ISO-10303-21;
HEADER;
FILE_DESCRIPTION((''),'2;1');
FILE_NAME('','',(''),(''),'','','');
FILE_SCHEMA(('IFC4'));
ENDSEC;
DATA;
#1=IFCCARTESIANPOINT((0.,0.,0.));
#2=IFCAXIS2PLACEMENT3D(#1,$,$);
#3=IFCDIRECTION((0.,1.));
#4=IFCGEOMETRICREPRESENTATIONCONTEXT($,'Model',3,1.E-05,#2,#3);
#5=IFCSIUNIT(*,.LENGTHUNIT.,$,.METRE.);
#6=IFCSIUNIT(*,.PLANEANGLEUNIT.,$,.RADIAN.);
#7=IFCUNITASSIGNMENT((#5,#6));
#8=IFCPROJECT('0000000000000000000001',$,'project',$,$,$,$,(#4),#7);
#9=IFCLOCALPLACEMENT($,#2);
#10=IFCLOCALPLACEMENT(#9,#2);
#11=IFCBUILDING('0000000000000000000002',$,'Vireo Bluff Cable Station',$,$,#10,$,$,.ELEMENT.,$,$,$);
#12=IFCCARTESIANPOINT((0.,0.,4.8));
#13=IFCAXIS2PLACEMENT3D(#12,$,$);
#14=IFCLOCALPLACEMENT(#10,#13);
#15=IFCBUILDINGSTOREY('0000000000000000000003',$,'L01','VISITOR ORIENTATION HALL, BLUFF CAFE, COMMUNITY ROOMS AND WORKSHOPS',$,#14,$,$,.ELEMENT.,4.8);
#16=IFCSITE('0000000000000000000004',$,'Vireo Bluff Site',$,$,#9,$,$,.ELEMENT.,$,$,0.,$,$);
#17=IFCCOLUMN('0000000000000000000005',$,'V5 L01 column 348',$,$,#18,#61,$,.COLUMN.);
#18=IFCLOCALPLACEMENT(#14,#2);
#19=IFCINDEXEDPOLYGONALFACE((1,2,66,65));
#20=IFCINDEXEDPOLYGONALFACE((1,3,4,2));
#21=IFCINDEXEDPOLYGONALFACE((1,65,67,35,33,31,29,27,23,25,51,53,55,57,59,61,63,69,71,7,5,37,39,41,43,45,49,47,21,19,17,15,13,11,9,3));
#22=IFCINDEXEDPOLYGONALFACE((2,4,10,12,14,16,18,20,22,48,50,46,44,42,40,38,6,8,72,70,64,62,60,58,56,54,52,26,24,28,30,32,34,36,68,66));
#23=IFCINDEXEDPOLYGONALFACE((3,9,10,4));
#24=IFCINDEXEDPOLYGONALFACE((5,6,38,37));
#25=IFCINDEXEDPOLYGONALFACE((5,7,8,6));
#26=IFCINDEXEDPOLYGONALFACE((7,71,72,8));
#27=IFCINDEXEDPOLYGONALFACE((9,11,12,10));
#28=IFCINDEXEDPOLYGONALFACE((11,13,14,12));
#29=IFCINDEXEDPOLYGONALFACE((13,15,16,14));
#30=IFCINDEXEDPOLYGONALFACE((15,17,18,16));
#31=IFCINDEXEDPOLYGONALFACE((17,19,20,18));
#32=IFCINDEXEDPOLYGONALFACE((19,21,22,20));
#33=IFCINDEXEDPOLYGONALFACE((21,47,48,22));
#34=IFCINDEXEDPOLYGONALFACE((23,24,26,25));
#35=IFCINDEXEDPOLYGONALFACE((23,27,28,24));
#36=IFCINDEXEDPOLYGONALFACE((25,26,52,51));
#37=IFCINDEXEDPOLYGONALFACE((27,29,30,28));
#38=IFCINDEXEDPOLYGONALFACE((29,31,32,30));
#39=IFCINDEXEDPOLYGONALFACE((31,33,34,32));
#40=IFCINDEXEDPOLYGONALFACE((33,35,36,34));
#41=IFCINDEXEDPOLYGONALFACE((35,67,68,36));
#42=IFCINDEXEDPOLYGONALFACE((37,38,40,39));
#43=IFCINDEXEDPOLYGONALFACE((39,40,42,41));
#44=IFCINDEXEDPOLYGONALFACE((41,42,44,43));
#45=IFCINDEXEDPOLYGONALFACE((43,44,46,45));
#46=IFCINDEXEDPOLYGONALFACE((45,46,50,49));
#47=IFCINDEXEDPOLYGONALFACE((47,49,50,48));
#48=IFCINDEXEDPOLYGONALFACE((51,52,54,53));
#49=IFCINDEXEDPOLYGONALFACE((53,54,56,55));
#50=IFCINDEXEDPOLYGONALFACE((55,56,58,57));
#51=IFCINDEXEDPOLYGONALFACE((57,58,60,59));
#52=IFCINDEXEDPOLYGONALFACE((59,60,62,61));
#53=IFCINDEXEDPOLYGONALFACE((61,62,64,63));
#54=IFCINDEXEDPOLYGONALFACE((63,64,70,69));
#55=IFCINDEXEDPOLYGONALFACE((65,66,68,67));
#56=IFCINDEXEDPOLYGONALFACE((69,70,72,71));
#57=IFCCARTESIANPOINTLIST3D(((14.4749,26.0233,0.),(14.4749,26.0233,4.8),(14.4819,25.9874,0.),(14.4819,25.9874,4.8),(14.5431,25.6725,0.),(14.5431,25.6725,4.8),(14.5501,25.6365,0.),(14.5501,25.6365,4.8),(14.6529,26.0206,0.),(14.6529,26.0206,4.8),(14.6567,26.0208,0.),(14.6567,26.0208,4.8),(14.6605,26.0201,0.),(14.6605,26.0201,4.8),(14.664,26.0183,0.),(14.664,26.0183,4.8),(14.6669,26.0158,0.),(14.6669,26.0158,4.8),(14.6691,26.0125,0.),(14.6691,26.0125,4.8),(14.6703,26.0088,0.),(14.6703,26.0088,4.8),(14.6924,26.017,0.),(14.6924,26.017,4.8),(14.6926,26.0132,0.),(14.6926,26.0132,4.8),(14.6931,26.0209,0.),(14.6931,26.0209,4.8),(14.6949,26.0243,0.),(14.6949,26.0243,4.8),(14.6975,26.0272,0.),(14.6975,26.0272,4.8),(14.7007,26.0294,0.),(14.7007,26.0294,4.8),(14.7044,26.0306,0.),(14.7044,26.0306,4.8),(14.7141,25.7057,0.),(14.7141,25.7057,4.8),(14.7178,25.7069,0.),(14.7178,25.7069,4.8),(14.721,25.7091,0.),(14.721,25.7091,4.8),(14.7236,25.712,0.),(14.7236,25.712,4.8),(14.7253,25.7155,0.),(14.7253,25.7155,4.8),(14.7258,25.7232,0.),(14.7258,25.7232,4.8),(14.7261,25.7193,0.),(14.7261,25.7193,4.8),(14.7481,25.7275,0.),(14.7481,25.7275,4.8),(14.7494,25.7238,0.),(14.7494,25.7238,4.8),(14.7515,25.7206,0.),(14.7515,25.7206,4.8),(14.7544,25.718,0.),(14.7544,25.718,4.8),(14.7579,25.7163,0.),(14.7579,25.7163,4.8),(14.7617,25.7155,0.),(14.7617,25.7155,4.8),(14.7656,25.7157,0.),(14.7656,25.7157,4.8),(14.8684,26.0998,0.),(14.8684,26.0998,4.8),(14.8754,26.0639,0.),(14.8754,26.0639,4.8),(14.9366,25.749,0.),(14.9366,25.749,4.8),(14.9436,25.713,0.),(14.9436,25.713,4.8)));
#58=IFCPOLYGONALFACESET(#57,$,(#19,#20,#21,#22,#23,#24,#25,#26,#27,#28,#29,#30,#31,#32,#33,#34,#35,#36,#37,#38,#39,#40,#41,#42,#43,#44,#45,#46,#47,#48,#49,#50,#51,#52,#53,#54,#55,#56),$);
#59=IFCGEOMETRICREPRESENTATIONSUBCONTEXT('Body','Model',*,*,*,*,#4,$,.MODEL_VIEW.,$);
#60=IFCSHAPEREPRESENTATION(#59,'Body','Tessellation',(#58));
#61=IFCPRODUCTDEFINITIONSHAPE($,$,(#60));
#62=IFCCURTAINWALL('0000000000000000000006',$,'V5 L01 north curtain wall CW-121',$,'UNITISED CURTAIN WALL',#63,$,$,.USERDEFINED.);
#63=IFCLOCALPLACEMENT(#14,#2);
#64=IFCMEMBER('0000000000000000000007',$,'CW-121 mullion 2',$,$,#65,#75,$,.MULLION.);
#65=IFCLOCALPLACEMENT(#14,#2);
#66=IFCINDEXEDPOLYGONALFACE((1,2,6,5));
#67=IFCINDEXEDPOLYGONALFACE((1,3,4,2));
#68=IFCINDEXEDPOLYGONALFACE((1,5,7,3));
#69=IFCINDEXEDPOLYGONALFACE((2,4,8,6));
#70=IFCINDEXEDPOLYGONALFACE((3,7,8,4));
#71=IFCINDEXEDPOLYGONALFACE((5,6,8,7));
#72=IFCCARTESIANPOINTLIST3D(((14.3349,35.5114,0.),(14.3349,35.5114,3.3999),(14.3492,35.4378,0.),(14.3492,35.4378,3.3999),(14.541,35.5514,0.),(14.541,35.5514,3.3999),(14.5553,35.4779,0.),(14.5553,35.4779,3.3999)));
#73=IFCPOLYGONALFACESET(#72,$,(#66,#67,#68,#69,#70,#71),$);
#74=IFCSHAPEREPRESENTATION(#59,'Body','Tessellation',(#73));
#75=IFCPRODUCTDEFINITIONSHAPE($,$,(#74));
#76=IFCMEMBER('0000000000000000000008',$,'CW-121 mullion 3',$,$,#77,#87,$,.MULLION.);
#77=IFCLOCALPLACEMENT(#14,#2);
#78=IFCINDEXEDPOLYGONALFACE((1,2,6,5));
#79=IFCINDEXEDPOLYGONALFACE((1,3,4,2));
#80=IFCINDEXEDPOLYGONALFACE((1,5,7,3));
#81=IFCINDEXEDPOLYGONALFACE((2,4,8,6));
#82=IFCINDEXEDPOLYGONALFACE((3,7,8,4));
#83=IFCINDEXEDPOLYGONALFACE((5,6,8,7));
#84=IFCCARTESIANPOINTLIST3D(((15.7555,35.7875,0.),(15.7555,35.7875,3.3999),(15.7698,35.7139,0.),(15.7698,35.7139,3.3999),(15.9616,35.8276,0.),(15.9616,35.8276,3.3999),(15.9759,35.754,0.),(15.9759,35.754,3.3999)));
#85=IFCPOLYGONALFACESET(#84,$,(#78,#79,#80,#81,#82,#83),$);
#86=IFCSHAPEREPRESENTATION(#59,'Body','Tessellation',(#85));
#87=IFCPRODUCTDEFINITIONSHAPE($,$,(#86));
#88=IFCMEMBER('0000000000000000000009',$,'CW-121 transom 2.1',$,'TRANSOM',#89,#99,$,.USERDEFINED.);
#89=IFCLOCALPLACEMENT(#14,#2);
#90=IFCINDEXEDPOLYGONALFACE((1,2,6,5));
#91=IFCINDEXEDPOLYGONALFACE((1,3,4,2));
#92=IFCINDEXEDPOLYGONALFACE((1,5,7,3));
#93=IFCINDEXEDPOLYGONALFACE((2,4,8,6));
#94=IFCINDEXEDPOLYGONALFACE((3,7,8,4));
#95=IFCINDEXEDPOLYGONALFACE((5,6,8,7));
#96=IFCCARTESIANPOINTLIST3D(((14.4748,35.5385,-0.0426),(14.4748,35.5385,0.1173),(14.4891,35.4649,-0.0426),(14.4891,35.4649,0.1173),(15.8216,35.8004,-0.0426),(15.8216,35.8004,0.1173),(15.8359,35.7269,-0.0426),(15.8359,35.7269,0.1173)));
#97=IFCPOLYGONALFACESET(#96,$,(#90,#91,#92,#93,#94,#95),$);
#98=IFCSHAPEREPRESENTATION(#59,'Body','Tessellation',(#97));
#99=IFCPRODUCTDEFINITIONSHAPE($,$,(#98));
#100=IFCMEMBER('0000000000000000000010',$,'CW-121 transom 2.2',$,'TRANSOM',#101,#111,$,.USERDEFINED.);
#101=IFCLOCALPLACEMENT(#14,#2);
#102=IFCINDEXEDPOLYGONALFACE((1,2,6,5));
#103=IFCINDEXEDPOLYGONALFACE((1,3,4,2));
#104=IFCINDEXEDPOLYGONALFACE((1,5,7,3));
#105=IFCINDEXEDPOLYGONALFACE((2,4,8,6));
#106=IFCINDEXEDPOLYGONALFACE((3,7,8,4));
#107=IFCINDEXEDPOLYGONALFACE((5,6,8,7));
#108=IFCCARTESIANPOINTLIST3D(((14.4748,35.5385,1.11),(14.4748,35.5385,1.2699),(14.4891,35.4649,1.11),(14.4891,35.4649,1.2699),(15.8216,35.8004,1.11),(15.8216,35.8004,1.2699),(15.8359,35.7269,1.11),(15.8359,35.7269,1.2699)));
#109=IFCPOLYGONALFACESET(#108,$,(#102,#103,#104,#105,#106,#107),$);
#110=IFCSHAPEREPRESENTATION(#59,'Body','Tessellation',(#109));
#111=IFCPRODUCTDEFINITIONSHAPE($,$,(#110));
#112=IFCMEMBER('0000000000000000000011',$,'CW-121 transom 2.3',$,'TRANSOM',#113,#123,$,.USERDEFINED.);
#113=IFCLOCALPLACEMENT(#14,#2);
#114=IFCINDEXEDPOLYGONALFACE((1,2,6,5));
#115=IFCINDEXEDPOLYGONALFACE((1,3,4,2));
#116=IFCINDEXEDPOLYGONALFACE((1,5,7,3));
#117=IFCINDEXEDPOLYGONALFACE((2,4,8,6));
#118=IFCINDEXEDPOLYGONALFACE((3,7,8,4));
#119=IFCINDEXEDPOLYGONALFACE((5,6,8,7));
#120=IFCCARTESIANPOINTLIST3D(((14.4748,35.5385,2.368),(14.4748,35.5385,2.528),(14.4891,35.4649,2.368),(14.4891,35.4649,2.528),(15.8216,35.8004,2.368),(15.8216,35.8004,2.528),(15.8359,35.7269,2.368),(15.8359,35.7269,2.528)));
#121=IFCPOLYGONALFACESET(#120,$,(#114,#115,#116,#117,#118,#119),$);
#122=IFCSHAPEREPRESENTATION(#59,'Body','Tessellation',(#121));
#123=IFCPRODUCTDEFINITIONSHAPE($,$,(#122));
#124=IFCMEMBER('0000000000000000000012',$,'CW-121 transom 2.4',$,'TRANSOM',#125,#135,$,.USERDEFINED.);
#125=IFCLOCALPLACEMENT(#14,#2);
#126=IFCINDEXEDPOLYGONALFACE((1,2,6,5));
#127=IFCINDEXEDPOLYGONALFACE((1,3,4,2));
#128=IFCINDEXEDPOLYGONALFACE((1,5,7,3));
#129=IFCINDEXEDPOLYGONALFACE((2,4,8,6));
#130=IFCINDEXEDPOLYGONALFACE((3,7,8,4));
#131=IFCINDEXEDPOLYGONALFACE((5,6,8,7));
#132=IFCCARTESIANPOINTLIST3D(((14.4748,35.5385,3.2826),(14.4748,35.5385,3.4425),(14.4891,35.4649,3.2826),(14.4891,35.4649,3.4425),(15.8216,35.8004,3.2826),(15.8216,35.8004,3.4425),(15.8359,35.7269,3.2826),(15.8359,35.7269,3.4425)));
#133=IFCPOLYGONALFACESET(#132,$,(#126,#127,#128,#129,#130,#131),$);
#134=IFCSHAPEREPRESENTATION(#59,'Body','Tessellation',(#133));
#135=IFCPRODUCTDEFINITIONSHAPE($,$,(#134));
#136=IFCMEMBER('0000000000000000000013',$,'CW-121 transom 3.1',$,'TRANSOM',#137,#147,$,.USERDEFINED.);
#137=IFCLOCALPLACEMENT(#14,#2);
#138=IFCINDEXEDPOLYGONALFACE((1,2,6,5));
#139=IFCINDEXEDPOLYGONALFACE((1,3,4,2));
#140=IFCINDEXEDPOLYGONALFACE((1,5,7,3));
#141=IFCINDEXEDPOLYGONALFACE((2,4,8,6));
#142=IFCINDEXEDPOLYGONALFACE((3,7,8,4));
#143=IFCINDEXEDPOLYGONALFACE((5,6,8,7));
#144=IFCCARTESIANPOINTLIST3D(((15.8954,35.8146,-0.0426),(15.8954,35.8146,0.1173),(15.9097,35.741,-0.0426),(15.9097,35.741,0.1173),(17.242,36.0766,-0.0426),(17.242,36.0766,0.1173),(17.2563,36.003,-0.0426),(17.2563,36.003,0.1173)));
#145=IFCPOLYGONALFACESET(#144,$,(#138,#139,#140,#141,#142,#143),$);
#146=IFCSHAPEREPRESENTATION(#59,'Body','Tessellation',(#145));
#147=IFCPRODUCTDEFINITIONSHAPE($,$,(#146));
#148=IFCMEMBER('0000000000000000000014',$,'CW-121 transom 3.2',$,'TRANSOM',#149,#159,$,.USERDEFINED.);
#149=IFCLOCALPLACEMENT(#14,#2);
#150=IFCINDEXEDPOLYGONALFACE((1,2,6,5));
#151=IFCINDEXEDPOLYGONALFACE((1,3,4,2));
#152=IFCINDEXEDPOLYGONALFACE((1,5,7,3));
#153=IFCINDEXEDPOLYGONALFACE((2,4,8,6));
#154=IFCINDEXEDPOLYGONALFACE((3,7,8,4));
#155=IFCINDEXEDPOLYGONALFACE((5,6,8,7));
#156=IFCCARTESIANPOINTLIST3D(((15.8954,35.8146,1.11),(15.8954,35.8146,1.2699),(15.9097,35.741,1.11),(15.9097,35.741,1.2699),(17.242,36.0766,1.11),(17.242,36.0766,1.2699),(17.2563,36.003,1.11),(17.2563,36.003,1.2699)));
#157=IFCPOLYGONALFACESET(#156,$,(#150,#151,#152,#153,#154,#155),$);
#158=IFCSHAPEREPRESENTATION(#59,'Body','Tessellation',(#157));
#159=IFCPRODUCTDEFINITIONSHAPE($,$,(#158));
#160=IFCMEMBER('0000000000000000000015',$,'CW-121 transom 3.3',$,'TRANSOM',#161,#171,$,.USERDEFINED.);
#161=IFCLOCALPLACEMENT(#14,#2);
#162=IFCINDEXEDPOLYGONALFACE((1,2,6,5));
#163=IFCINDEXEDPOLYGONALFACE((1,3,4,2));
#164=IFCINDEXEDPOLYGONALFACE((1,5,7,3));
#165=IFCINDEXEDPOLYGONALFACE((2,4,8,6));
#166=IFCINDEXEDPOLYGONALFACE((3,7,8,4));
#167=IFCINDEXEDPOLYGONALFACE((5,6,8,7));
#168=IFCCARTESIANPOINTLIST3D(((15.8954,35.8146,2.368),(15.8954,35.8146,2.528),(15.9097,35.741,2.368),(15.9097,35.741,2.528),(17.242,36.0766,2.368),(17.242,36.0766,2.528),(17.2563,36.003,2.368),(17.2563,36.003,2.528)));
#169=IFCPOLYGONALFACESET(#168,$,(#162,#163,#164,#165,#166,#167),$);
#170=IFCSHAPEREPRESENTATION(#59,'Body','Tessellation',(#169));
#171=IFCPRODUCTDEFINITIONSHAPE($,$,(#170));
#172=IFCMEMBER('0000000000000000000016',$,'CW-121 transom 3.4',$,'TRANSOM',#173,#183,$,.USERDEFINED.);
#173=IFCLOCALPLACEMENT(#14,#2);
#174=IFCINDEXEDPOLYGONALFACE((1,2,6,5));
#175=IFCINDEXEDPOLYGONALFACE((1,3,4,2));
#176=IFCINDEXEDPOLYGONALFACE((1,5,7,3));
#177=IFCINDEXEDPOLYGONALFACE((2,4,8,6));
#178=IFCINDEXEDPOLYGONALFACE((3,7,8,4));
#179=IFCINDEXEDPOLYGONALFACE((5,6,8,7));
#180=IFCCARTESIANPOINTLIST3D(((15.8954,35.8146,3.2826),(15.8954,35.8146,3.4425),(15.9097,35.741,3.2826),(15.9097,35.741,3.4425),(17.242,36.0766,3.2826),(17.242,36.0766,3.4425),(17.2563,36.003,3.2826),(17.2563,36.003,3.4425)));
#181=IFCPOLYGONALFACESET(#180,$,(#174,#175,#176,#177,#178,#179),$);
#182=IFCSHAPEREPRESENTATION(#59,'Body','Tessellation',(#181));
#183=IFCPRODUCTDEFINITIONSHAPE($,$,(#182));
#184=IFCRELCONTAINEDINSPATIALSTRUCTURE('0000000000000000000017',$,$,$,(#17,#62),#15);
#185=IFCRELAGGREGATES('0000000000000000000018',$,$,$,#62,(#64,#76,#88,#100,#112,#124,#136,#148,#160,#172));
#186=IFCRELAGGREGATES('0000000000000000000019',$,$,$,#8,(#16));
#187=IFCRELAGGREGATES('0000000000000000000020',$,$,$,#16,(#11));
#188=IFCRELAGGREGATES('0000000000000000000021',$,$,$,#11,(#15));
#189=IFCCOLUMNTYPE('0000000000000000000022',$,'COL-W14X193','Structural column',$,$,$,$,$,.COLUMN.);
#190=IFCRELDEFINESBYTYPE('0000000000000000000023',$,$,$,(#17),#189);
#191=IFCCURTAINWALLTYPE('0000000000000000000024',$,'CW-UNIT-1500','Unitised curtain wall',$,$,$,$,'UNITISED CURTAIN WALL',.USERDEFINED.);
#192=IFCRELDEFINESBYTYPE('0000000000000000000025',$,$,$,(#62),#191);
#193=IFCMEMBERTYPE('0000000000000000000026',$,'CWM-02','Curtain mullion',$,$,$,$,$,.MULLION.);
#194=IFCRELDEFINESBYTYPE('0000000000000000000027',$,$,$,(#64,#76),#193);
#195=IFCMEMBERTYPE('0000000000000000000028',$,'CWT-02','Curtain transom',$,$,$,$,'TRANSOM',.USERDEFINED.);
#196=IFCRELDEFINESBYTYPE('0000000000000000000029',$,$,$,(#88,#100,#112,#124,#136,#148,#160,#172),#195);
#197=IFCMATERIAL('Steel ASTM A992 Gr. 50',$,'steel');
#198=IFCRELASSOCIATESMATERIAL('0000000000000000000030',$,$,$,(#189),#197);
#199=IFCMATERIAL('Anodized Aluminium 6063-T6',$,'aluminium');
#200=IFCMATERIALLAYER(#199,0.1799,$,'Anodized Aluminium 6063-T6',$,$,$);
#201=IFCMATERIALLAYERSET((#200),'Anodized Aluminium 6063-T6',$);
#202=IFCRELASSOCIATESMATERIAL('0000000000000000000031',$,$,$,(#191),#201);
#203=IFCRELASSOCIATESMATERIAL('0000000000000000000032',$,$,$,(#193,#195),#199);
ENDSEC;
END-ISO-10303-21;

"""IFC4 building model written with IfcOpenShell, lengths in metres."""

from ifc_helpers import new_model, si_unit, direction, frame, origin, origin_2d, place, context, subcontext, project, spatial, rectangle, i_section, extrude, material, layer, layer_set, material_profile, profile_set, type_object, element, aggregate, save


model = new_model("IFC4")

# Units and contexts
model_context = context("Model", 3, precision=1e-05, world=origin(), true_north=direction((0.0, 1.0)))
body_context = subcontext(model_context, "Body", "Model", "MODEL_VIEW")
ifc_project = project(units=[si_unit("LENGTHUNIT", "METRE"), si_unit("PLANEANGLEUNIT", "RADIAN")], contexts=[model_context])

# Site, building, storey
site_placement = place(None, origin())
site = spatial("IfcSite", under=ifc_project, at=site_placement, Name="Vireo Bluff Site", CompositionType="ELEMENT", RefElevation=0.0)
building_placement = place(site_placement, origin())
building = spatial("IfcBuilding", under=site, at=building_placement, Name="Vireo Bluff Cable Station", CompositionType="ELEMENT")
storey_placement = place(building_placement, frame((0.0, 0.0, 4.8)))
storey = spatial("IfcBuildingStorey", under=building, at=storey_placement, Name="L01", Description="VISITOR ORIENTATION HALL, BLUFF CAFE, COMMUNITY ROOMS AND WORKSHOPS", CompositionType="ELEMENT", Elevation=4.8)

# Column
ifc_material_1 = material(Name="Steel ASTM A992 Gr. 50", Category="steel")
ifc_material_profile_1 = material_profile(ifc_material_1, i_section(OverallWidth=0.4009, OverallDepth=0.394, WebThickness=0.0227, FlangeThickness=0.0366, FilletRadius=0.0149, at=origin_2d()), Name="W14X193")
ifc_profile_set_1 = profile_set([ifc_material_profile_1], Name="Steel ASTM A992 Gr. 50")
column_type = type_object("IfcColumnType", Name="COL-W14X193", Description="Structural column", PredefinedType="COLUMN", material=ifc_profile_set_1)
column_placement = place(storey_placement, frame((14.7092, 25.8682, 0.0), z_axis=(0.0, 0.0, 1.0), x_axis=(0.981627, 0.190809, 0.0)))
element("IfcColumn", 1, at=column_placement, inside=storey, type_object=column_type, Name="V5 L01 column 348", PredefinedType="COLUMN", context=body_context, shape_type="SweptSolid", body=[
    extrude(i_section(OverallWidth=0.4009, OverallDepth=0.394, WebThickness=0.0227, FlangeThickness=0.0366, FilletRadius=0.0149, at=origin_2d()), origin(), (0.0, 0.0, 1.0), 4.8),
])

# Curtain wall, members
ifc_material_2 = material(Name="Anodized Aluminium 6063-T6", Category="aluminium")
ifc_layer_1 = layer(ifc_material_2, 0.1799, Name="Anodized Aluminium 6063-T6")
ifc_layer_set_1 = layer_set([ifc_layer_1], Name="Anodized Aluminium 6063-T6")
curtain_wall_type = type_object("IfcCurtainWallType", Name="CW-UNIT-1500", Description="Unitised curtain wall", ElementType="UNITISED CURTAIN WALL", PredefinedType="USERDEFINED", material=ifc_layer_set_1)
curtain_wall_placement = place(storey_placement, origin())
curtain_wall = element("IfcCurtainWall", 2, at=curtain_wall_placement, inside=storey, type_object=curtain_wall_type, Name="V5 L01 north curtain wall CW-121", ObjectType="UNITISED CURTAIN WALL", PredefinedType="USERDEFINED")
ifc_material_profile_2 = material_profile(ifc_material_2, rectangle(XDim=0.075, YDim=0.21, at=origin_2d()), Name="ALU-M-75X210")
ifc_profile_set_2 = profile_set([ifc_material_profile_2], Name="Anodized Aluminium 6063-T6")
member_type_1 = type_object("IfcMemberType", Name="CWM-02", Description="Curtain mullion", PredefinedType="MULLION", material=ifc_profile_set_2)
member_1_placement = place(storey_placement, frame((14.4451, 35.4946, 0.0), z_axis=(0.0, 0.0, 1.0), x_axis=(-0.190809, 0.981627, 0.0)))
member_1 = element("IfcMember", 3, at=member_1_placement, type_object=member_type_1, Name="CW-121 mullion 2", PredefinedType="MULLION", context=body_context, shape_type="SweptSolid", body=[
    extrude(rectangle(XDim=0.075, YDim=0.21, at=origin_2d()), origin(), (0.0, 0.0, 1.0), 3.3999),
])
member_2_placement = place(storey_placement, frame((15.8657, 35.7708, 0.0), z_axis=(0.0, 0.0, 1.0), x_axis=(-0.190809, 0.981627, 0.0)))
member_2 = element("IfcMember", 4, at=member_2_placement, type_object=member_type_1, Name="CW-121 mullion 3", PredefinedType="MULLION", context=body_context, shape_type="SweptSolid", body=[
    extrude(rectangle(XDim=0.075, YDim=0.21, at=origin_2d()), origin(), (0.0, 0.0, 1.0), 3.3999),
])
ifc_material_profile_3 = material_profile(ifc_material_2, rectangle(XDim=0.075, YDim=0.1599, at=origin_2d()), Name="ALU-T-75X160")
ifc_profile_set_3 = profile_set([ifc_material_profile_3], Name="Anodized Aluminium 6063-T6")
member_type_2 = type_object("IfcMemberType", Name="CWT-02", Description="Curtain transom", ElementType="TRANSOM", PredefinedType="USERDEFINED", material=ifc_profile_set_3)
member_3_placement = place(storey_placement, frame((14.4819, 35.5017, 0.0374), z_axis=(0.981607, 0.190913, 0.0), x_axis=(-0.190913, 0.981607, 0.0)))
member_3 = element("IfcMember", 5, at=member_3_placement, type_object=member_type_2, Name="CW-121 transom 2.1", ObjectType="TRANSOM", PredefinedType="USERDEFINED", context=body_context, shape_type="SweptSolid", body=[
    extrude(rectangle(XDim=0.075, YDim=0.1599, at=origin_2d()), origin(), (0.0, 0.0, 1.0), 1.3721),
])
member_4_placement = place(storey_placement, frame((14.4819, 35.5017, 1.1899), z_axis=(0.981607, 0.190913, 0.0), x_axis=(-0.190913, 0.981607, 0.0)))
member_4 = element("IfcMember", 6, at=member_4_placement, type_object=member_type_2, Name="CW-121 transom 2.2", ObjectType="TRANSOM", PredefinedType="USERDEFINED", context=body_context, shape_type="SweptSolid", body=[
    extrude(rectangle(XDim=0.075, YDim=0.1599, at=origin_2d()), origin(), (0.0, 0.0, 1.0), 1.3721),
])
member_5_placement = place(storey_placement, frame((14.4819, 35.5017, 2.448), z_axis=(0.981607, 0.190913, 0.0), x_axis=(-0.190913, 0.981607, 0.0)))
member_5 = element("IfcMember", 7, at=member_5_placement, type_object=member_type_2, Name="CW-121 transom 2.3", ObjectType="TRANSOM", PredefinedType="USERDEFINED", context=body_context, shape_type="SweptSolid", body=[
    extrude(rectangle(XDim=0.075, YDim=0.1599, at=origin_2d()), origin(), (0.0, 0.0, 1.0), 1.3721),
])
member_6_placement = place(storey_placement, frame((14.4819, 35.5017, 3.3625), z_axis=(0.981607, 0.190913, 0.0), x_axis=(-0.190913, 0.981607, 0.0)))
member_6 = element("IfcMember", 8, at=member_6_placement, type_object=member_type_2, Name="CW-121 transom 2.4", ObjectType="TRANSOM", PredefinedType="USERDEFINED", context=body_context, shape_type="SweptSolid", body=[
    extrude(rectangle(XDim=0.075, YDim=0.1599, at=origin_2d()), origin(), (0.0, 0.0, 1.0), 1.3721),
])
member_7_placement = place(storey_placement, frame((15.9026, 35.7778, 0.0374), z_axis=(0.981601, 0.190946, 0.0), x_axis=(-0.190946, 0.981601, 0.0)))
member_7 = element("IfcMember", 9, at=member_7_placement, type_object=member_type_2, Name="CW-121 transom 3.1", ObjectType="TRANSOM", PredefinedType="USERDEFINED", context=body_context, shape_type="SweptSolid", body=[
    extrude(rectangle(XDim=0.075, YDim=0.1599, at=origin_2d()), origin(), (0.0, 0.0, 1.0), 1.3718),
])
member_8_placement = place(storey_placement, frame((15.9026, 35.7778, 1.1899), z_axis=(0.981601, 0.190946, 0.0), x_axis=(-0.190946, 0.981601, 0.0)))
member_8 = element("IfcMember", 10, at=member_8_placement, type_object=member_type_2, Name="CW-121 transom 3.2", ObjectType="TRANSOM", PredefinedType="USERDEFINED", context=body_context, shape_type="SweptSolid", body=[
    extrude(rectangle(XDim=0.075, YDim=0.1599, at=origin_2d()), origin(), (0.0, 0.0, 1.0), 1.3718),
])
member_9_placement = place(storey_placement, frame((15.9026, 35.7778, 2.448), z_axis=(0.981601, 0.190946, 0.0), x_axis=(-0.190946, 0.981601, 0.0)))
member_9 = element("IfcMember", 11, at=member_9_placement, type_object=member_type_2, Name="CW-121 transom 3.3", ObjectType="TRANSOM", PredefinedType="USERDEFINED", context=body_context, shape_type="SweptSolid", body=[
    extrude(rectangle(XDim=0.075, YDim=0.1599, at=origin_2d()), origin(), (0.0, 0.0, 1.0), 1.3718),
])
member_10_placement = place(storey_placement, frame((15.9026, 35.7778, 3.3625), z_axis=(0.981601, 0.190946, 0.0), x_axis=(-0.190946, 0.981601, 0.0)))
member_10 = element("IfcMember", 12, at=member_10_placement, type_object=member_type_2, Name="CW-121 transom 3.4", ObjectType="TRANSOM", PredefinedType="USERDEFINED", context=body_context, shape_type="SweptSolid", body=[
    extrude(rectangle(XDim=0.075, YDim=0.1599, at=origin_2d()), origin(), (0.0, 0.0, 1.0), 1.3718),
])

aggregate(curtain_wall, [member_1, member_2, member_3, member_4, member_5, member_6, member_7, member_8, member_9, member_10])

save(model, "model.ifc")
